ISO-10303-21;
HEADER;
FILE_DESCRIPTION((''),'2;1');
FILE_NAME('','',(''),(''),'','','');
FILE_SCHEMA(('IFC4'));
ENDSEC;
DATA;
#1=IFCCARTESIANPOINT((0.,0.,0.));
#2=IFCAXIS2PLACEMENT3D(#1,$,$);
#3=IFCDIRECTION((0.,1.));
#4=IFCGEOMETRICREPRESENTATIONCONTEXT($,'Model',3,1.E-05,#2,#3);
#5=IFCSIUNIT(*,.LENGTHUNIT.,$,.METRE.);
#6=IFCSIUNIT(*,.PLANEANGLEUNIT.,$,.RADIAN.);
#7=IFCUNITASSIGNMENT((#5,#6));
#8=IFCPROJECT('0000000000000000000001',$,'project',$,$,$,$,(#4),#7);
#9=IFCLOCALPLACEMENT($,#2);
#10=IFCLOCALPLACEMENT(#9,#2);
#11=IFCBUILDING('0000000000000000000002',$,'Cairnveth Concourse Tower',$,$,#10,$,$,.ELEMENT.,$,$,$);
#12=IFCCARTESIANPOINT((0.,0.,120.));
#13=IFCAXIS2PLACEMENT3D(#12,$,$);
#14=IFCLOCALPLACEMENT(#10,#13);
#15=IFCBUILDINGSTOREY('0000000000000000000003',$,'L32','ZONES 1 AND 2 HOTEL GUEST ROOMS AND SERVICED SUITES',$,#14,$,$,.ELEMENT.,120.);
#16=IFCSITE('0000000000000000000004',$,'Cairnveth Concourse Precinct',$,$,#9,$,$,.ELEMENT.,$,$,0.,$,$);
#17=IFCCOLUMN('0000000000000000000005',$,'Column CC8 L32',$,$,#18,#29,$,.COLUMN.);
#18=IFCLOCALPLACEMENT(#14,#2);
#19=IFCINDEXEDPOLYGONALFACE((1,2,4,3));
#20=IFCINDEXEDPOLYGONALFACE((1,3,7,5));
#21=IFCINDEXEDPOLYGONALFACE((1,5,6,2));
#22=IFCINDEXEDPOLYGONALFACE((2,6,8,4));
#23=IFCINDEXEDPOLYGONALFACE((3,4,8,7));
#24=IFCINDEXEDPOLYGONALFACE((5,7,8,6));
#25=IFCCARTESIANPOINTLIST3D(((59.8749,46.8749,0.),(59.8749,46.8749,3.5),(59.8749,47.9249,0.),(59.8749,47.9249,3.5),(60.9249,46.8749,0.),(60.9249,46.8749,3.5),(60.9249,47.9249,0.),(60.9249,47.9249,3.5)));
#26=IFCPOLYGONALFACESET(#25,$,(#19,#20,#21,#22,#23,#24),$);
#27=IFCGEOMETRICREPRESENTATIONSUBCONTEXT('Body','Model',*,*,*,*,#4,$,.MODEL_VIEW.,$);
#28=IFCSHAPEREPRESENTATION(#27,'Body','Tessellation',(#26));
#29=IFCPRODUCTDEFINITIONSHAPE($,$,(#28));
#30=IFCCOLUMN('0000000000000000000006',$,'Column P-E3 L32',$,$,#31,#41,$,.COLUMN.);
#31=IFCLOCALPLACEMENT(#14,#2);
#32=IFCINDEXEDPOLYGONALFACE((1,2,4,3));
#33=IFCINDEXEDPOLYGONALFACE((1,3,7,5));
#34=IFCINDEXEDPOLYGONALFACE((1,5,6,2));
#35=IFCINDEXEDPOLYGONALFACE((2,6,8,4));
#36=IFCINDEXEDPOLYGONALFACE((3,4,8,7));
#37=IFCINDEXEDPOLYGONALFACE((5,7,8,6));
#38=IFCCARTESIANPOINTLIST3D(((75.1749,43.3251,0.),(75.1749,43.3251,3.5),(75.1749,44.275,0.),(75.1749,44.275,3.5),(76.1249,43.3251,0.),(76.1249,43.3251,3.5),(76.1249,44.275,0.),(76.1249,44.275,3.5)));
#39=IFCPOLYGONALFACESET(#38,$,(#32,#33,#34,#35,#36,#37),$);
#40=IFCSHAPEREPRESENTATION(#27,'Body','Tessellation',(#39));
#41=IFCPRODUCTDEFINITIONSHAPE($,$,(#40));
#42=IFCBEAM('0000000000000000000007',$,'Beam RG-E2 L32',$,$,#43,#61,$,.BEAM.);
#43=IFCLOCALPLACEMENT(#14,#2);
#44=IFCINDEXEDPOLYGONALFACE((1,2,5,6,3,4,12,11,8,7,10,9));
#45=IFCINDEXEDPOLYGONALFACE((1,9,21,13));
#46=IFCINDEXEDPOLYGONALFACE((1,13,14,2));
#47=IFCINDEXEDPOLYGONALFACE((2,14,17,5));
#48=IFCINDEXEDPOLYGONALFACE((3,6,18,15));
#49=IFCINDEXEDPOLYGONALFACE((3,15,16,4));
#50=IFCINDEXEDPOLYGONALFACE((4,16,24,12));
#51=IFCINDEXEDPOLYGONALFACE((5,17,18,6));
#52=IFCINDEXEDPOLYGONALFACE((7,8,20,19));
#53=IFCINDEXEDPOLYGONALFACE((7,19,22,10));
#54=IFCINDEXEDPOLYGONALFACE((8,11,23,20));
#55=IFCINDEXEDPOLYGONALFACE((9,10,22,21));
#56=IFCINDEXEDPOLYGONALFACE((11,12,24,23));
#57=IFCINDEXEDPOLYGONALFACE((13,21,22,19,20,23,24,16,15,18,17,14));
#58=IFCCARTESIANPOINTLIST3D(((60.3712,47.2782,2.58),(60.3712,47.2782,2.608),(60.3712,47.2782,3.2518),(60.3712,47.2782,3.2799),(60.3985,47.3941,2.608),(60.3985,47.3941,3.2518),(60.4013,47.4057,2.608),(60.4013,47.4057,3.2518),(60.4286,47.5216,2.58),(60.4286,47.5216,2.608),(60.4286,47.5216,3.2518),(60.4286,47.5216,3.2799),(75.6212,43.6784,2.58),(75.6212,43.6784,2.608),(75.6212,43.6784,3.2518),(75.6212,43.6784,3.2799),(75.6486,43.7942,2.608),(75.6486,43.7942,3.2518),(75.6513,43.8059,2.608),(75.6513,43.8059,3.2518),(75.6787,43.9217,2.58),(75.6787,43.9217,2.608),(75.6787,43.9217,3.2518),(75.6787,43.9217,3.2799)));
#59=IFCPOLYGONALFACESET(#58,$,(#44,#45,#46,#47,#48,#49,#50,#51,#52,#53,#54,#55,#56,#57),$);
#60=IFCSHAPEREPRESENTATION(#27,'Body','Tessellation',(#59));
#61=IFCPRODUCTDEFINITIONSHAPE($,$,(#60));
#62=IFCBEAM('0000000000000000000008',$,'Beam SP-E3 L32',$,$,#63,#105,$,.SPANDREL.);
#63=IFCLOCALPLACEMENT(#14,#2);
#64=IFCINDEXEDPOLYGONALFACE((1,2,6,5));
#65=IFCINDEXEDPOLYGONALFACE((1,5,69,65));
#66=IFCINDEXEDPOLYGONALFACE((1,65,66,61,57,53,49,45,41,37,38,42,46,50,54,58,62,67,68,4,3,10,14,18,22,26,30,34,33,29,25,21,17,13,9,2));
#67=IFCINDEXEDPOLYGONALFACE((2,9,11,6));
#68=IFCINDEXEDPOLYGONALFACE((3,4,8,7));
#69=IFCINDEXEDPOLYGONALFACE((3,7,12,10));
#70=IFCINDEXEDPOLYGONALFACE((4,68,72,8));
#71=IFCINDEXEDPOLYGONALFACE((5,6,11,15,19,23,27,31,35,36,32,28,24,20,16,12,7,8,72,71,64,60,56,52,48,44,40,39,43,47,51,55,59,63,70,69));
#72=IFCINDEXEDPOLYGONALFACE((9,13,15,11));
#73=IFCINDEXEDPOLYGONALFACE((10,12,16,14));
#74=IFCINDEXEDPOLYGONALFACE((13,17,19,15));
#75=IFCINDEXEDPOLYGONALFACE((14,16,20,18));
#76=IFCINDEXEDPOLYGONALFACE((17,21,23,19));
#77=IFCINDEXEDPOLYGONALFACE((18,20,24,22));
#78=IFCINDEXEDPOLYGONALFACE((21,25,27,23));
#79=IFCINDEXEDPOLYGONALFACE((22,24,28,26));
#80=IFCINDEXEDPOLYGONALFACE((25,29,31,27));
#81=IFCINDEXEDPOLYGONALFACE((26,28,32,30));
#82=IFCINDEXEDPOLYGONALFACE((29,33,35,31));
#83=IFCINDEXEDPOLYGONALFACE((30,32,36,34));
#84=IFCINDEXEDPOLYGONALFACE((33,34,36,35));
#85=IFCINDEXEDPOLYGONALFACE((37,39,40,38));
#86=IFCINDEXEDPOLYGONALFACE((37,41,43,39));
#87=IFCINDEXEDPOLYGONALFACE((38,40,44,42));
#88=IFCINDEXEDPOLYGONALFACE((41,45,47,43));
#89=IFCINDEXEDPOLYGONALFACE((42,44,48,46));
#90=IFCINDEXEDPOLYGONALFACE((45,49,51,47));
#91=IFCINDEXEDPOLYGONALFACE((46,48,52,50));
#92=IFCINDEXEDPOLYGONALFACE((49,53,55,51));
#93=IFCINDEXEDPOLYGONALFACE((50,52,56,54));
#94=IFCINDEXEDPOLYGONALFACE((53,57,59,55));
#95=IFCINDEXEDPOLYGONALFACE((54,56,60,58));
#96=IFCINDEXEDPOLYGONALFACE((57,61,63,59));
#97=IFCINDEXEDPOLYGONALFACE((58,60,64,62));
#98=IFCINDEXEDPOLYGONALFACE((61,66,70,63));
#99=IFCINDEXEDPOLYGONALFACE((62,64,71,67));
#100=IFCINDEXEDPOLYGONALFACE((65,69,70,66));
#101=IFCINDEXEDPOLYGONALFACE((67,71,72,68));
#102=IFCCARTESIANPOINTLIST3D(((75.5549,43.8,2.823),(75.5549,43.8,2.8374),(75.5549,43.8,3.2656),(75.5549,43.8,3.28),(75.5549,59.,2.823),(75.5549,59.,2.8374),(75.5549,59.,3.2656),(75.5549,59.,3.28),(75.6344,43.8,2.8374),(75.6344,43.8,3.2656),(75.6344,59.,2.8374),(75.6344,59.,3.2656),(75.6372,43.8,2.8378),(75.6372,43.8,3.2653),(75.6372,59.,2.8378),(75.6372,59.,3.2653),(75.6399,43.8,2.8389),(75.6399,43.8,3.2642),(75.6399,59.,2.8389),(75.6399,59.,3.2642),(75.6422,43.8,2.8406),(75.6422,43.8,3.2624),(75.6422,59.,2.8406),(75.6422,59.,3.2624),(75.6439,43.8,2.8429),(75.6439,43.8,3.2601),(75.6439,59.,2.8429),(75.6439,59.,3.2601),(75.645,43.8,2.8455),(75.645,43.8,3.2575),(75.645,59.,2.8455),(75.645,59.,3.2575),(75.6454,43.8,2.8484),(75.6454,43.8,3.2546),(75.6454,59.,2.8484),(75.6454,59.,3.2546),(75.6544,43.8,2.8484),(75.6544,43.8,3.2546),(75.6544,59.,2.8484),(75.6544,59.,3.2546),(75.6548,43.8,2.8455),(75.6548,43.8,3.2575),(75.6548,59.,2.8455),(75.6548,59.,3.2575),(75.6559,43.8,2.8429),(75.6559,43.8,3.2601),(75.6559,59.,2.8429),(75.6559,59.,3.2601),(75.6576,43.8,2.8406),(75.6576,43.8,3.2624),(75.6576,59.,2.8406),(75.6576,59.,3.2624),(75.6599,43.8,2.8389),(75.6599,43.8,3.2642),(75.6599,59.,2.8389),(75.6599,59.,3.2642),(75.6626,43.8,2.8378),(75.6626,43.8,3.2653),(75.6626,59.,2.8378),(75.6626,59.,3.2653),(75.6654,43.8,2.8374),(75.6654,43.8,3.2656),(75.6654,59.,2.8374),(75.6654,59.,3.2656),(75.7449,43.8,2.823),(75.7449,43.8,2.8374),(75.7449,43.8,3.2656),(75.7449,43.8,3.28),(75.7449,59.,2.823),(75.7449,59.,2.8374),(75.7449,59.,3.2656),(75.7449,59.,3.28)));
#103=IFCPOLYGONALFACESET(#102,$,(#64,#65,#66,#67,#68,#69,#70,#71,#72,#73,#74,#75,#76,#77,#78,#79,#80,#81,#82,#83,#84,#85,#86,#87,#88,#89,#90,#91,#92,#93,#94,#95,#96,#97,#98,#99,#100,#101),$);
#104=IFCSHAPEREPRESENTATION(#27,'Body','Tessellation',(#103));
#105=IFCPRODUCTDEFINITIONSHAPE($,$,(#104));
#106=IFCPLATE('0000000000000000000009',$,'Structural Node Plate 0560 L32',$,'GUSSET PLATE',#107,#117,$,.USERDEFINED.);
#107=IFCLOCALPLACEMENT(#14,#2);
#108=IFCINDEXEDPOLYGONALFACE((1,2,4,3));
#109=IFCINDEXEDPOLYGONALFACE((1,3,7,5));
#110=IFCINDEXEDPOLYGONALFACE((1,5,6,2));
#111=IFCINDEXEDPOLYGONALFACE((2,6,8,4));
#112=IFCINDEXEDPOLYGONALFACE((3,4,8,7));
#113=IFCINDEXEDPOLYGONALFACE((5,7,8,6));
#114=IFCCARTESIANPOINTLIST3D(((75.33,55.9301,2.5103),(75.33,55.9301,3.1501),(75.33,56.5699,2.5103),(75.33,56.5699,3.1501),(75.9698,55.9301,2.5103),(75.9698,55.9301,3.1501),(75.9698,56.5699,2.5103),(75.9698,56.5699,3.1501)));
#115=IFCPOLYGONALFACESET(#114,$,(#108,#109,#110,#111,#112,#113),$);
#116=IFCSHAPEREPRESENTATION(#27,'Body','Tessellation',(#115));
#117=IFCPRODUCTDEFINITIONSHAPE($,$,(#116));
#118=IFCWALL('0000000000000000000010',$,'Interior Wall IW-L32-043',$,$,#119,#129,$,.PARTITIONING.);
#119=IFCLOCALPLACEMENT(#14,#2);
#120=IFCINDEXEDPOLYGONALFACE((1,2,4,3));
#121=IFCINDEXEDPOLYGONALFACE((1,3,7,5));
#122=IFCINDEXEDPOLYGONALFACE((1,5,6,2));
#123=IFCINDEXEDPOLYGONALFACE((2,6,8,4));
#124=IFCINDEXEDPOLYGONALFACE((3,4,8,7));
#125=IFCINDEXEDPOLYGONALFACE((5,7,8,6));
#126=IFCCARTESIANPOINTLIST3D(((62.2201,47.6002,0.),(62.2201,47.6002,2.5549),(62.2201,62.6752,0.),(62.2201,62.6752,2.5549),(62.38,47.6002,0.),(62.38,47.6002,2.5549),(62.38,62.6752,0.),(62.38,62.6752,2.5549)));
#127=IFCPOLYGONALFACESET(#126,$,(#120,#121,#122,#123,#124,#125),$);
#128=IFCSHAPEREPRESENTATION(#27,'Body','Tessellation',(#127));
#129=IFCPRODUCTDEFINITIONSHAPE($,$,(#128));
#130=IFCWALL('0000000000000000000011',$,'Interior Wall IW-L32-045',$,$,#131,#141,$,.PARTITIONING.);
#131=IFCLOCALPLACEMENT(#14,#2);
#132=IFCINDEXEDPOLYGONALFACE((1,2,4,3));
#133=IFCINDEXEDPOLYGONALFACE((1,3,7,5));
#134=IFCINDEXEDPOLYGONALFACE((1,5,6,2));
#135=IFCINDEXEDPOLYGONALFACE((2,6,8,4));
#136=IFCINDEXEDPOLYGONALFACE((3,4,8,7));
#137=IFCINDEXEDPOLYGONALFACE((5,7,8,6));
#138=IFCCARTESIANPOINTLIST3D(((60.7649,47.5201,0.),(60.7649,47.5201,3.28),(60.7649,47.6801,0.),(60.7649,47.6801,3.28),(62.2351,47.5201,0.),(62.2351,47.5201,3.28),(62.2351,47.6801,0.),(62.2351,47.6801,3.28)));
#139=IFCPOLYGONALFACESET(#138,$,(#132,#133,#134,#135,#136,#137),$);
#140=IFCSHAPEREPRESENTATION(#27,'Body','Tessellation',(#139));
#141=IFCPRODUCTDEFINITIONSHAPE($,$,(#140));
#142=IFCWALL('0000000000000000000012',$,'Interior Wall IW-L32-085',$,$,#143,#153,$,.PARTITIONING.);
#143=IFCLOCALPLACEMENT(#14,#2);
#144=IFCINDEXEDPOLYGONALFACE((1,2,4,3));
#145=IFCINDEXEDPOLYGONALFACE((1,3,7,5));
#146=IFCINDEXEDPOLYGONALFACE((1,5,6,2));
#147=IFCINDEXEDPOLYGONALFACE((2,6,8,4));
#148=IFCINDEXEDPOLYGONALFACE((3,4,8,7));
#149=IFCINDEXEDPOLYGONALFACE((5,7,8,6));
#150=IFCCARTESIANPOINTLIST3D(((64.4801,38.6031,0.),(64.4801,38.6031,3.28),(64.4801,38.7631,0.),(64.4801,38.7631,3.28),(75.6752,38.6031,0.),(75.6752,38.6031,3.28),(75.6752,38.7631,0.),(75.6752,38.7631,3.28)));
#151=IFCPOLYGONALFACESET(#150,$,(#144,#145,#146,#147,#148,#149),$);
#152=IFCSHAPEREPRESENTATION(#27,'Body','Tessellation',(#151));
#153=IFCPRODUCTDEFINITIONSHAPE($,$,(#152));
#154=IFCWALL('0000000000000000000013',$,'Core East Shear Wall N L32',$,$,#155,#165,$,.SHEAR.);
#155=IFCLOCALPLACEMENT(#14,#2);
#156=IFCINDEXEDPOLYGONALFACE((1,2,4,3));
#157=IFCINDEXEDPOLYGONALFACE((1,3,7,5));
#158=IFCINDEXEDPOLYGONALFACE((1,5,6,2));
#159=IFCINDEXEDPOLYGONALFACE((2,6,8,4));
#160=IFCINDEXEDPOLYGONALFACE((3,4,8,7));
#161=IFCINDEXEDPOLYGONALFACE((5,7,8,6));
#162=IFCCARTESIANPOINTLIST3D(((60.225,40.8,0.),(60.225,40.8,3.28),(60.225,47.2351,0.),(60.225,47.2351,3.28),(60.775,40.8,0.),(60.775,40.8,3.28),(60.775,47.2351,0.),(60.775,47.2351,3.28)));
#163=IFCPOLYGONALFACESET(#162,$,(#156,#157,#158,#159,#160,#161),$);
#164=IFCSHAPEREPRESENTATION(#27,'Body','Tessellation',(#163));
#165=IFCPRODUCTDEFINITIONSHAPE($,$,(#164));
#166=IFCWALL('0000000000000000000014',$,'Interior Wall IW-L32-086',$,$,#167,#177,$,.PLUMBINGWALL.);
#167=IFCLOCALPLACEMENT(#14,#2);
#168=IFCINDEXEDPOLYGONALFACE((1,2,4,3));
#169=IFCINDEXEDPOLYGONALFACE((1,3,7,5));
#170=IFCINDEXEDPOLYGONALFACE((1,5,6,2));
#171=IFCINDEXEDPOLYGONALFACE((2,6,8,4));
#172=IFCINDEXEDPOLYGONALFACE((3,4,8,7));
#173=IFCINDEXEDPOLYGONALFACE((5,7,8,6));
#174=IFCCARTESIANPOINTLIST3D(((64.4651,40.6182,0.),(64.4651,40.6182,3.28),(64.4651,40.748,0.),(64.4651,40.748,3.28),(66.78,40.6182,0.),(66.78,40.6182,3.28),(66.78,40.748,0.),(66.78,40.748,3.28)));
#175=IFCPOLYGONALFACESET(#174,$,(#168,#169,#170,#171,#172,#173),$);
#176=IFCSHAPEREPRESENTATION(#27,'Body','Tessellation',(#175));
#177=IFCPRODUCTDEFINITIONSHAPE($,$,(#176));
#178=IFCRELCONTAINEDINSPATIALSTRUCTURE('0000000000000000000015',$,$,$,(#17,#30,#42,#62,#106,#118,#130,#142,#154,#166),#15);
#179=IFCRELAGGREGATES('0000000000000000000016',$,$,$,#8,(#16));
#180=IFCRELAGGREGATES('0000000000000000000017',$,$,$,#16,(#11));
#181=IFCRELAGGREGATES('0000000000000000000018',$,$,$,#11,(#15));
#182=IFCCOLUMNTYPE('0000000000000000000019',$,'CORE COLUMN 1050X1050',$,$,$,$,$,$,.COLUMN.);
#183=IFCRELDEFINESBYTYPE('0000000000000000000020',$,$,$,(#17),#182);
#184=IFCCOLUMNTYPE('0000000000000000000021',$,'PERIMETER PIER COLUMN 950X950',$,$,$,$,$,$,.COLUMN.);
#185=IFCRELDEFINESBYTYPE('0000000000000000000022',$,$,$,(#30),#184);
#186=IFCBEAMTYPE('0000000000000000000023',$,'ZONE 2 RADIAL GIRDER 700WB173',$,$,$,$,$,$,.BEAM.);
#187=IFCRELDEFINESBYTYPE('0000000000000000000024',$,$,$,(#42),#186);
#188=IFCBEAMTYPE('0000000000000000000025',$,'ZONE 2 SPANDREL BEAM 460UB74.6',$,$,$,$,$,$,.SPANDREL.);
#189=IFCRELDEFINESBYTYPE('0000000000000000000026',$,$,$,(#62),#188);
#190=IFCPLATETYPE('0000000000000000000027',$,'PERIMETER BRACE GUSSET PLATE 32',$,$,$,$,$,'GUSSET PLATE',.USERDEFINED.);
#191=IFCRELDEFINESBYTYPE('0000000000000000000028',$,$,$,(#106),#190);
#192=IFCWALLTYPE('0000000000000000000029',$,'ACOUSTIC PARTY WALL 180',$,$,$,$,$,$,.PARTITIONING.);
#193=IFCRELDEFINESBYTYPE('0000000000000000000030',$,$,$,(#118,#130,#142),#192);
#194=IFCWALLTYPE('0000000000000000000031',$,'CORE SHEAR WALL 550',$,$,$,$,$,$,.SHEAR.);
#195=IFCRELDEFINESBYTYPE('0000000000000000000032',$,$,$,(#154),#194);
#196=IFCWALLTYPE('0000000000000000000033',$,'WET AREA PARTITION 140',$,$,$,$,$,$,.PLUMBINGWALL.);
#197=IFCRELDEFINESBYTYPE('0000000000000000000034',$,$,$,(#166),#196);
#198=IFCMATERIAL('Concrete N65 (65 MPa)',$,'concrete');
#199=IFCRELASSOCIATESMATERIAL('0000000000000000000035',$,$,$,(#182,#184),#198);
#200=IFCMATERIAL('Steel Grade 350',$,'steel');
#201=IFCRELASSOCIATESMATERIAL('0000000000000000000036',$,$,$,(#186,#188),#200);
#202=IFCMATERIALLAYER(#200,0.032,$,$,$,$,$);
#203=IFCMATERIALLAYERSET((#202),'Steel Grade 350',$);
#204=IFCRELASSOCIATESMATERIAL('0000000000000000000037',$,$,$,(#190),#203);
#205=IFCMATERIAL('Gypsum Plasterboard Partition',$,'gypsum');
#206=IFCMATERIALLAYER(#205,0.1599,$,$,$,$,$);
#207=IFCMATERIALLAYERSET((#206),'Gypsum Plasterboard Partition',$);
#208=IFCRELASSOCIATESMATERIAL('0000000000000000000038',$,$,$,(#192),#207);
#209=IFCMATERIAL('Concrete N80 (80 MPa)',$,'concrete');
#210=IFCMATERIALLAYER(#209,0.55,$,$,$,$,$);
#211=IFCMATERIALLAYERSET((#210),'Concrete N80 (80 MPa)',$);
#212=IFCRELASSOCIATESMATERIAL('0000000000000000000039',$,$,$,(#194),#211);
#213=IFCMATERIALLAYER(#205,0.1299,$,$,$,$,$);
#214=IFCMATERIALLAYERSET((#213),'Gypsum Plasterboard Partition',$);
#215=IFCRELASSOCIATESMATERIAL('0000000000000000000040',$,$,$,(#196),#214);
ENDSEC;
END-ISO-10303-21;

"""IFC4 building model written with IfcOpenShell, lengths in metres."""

from ifc_helpers import new_model, si_unit, direction, frame, frame_2d, origin, origin_2d, place, context, subcontext, project, spatial, rectangle, i_section, extrude, material, layer, layer_set, material_profile, profile_set, type_object, element, save


model = new_model("IFC4")

# Units and contexts
model_context = context("Model", 3, precision=1e-05, world=origin(), true_north=direction((0.0, 1.0)))
body_context = subcontext(model_context, "Body", "Model", "MODEL_VIEW")
ifc_project = project(units=[si_unit("LENGTHUNIT", "METRE"), si_unit("PLANEANGLEUNIT", "RADIAN")], contexts=[model_context])

# Site, building, storey
site_placement = place(None, origin())
site = spatial("IfcSite", under=ifc_project, at=site_placement, Name="Cairnveth Concourse Precinct", CompositionType="ELEMENT", RefElevation=0.0)
building_placement = place(site_placement, origin())
building = spatial("IfcBuilding", under=site, at=building_placement, Name="Cairnveth Concourse Tower", CompositionType="ELEMENT")
storey_placement = place(building_placement, frame((0.0, 0.0, 120.0)))
storey = spatial("IfcBuildingStorey", under=building, at=storey_placement, Name="L32", Description="ZONES 1 AND 2 HOTEL GUEST ROOMS AND SERVICED SUITES", CompositionType="ELEMENT", Elevation=120.0)

# Columns
ifc_material_1 = material(Name="Concrete N65 (65 MPa)", Category="concrete")
ifc_material_profile_1 = material_profile(ifc_material_1, rectangle(XDim=1.05, YDim=1.05, at=origin_2d()), Name="RC-COL-1050x1050")
ifc_profile_set_1 = profile_set([ifc_material_profile_1], Name="Concrete N65 (65 MPa)")
column_type_1 = type_object("IfcColumnType", Name="CORE COLUMN 1050X1050", PredefinedType="COLUMN", material=ifc_profile_set_1)
column_1_placement = place(storey_placement, frame((60.3999, 47.3999, 0.0), z_axis=(0.0, 0.0, 1.0), x_axis=(1.0, 0.0, 0.0)))
element("IfcColumn", 1, at=column_1_placement, inside=storey, type_object=column_type_1, Name="Column CC8 L32", PredefinedType="COLUMN", context=body_context, shape_type="SweptSolid", body=[
    extrude(rectangle(XDim=1.05, YDim=1.05, at=origin_2d()), origin(), (0.0, 0.0, 1.0), 3.5),
])
ifc_material_profile_2 = material_profile(ifc_material_1, rectangle(XDim=0.95, YDim=0.95, at=origin_2d()), Name="RC-COL-950x950")
ifc_profile_set_2 = profile_set([ifc_material_profile_2], Name="Concrete N65 (65 MPa)")
column_type_2 = type_object("IfcColumnType", Name="PERIMETER PIER COLUMN 950X950", PredefinedType="COLUMN", material=ifc_profile_set_2)
column_2_placement = place(storey_placement, frame((75.6499, 43.8, 0.0), z_axis=(0.0, 0.0, 1.0), x_axis=(0.0, 1.0, 0.0)))
element("IfcColumn", 2, at=column_2_placement, inside=storey, type_object=column_type_2, Name="Column P-E3 L32", PredefinedType="COLUMN", context=body_context, shape_type="SweptSolid", body=[
    extrude(rectangle(XDim=0.95, YDim=0.95, at=origin_2d()), origin(), (0.0, 0.0, 1.0), 3.5),
])

# Beams
ifc_material_2 = material(Name="Steel Grade 350", Category="steel")
ifc_material_profile_3 = material_profile(ifc_material_2, i_section(OverallWidth=0.25, OverallDepth=0.7, WebThickness=0.012, FlangeThickness=0.0281, at=origin_2d()), Name="700WB173")
ifc_profile_set_3 = profile_set([ifc_material_profile_3], Name="Steel Grade 350")
beam_type_1 = type_object("IfcBeamType", Name="ZONE 2 RADIAL GIRDER 700WB173", PredefinedType="BEAM", material=ifc_profile_set_3)
beam_1_placement = place(storey_placement, frame((60.3999, 47.3999, 2.9299), z_axis=(0.973252, -0.229742, 0.0), x_axis=(0.229742, 0.973252, 0.0)))
element("IfcBeam", 3, at=beam_1_placement, inside=storey, type_object=beam_type_1, Name="Beam RG-E2 L32", PredefinedType="BEAM", context=body_context, shape_type="SweptSolid", body=[
    extrude(i_section(OverallWidth=0.25, OverallDepth=0.7, WebThickness=0.012, FlangeThickness=0.0281, at=origin_2d()), origin(), (0.0, 0.0, 1.0), 15.6692),
])
ifc_material_profile_4 = material_profile(ifc_material_2, i_section(OverallWidth=0.1899, OverallDepth=0.457, WebThickness=0.009, FlangeThickness=0.0144, FilletRadius=0.011, at=origin_2d()), Name="460UB74.6")
ifc_profile_set_4 = profile_set([ifc_material_profile_4], Name="Steel Grade 350")
beam_type_2 = type_object("IfcBeamType", Name="ZONE 2 SPANDREL BEAM 460UB74.6", PredefinedType="SPANDREL", material=ifc_profile_set_4)
beam_2_placement = place(storey_placement, frame((75.6499, 43.8, 3.0515), z_axis=(0.0, 1.0, 0.0), x_axis=(-1.0, 0.0, 0.0)))
element("IfcBeam", 4, at=beam_2_placement, inside=storey, type_object=beam_type_2, Name="Beam SP-E3 L32", PredefinedType="SPANDREL", context=body_context, shape_type="SweptSolid", body=[
    extrude(i_section(OverallWidth=0.1899, OverallDepth=0.457, WebThickness=0.009, FlangeThickness=0.0144, FilletRadius=0.011, at=origin_2d()), origin(), (0.0, 0.0, 1.0), 15.2),
])

# Plate
ifc_layer_1 = layer(ifc_material_2, 0.032)
ifc_layer_set_1 = layer_set([ifc_layer_1], Name="Steel Grade 350")
plate_type = type_object("IfcPlateType", Name="PERIMETER BRACE GUSSET PLATE 32", ElementType="GUSSET PLATE", PredefinedType="USERDEFINED", material=ifc_layer_set_1)
plate_placement = place(storey_placement, frame((75.6499, 56.25, 2.5103), z_axis=(0.0, 0.0, 1.0), x_axis=(1.0, 0.0, 0.0)))
element("IfcPlate", 5, at=plate_placement, inside=storey, type_object=plate_type, Name="Structural Node Plate 0560 L32", ObjectType="GUSSET PLATE", PredefinedType="USERDEFINED", context=body_context, shape_type="SweptSolid", body=[
    extrude(rectangle(XDim=0.6399, YDim=0.6399, at=origin_2d()), origin(), (0.0, 0.0, 1.0), 0.6399),
])

# Walls
ifc_material_3 = material(Name="Gypsum Plasterboard Partition", Category="gypsum")
ifc_layer_2 = layer(ifc_material_3, 0.1599)
ifc_layer_set_2 = layer_set([ifc_layer_2], Name="Gypsum Plasterboard Partition")
wall_type_1 = type_object("IfcWallType", Name="ACOUSTIC PARTY WALL 180", PredefinedType="PARTITIONING", material=ifc_layer_set_2)
wall_1_placement = place(storey_placement, frame((62.3, 47.6001, 0.0), z_axis=(0.0, 0.0, 1.0), x_axis=(0.0, 1.0, 0.0)))
element("IfcWall", 6, at=wall_1_placement, inside=storey, type_object=wall_type_1, Name="Interior Wall IW-L32-043", PredefinedType="PARTITIONING", context=body_context, shape_type="SweptSolid", body=[
    extrude(rectangle(XDim=15.075, YDim=0.1599, at=frame_2d((7.5376, 0.0))), origin(), (0.0, 0.0, 1.0), 2.5549),
])
wall_2_placement = place(storey_placement, frame((60.7649, 47.6001, 0.0), z_axis=(0.0, 0.0, 1.0), x_axis=(1.0, 0.0, 0.0)))
element("IfcWall", 7, at=wall_2_placement, inside=storey, type_object=wall_type_1, Name="Interior Wall IW-L32-045", PredefinedType="PARTITIONING", context=body_context, shape_type="SweptSolid", body=[
    extrude(rectangle(XDim=1.4702, YDim=0.1599, at=frame_2d((0.7351, 0.0))), origin(), (0.0, 0.0, 1.0), 3.28),
])
wall_3_placement = place(storey_placement, frame((64.48, 38.6831, 0.0), z_axis=(0.0, 0.0, 1.0), x_axis=(1.0, 0.0, 0.0)))
element("IfcWall", 8, at=wall_3_placement, inside=storey, type_object=wall_type_1, Name="Interior Wall IW-L32-085", PredefinedType="PARTITIONING", context=body_context, shape_type="SweptSolid", body=[
    extrude(rectangle(XDim=11.1951, YDim=0.1599, at=frame_2d((5.5977, 0.0))), origin(), (0.0, 0.0, 1.0), 3.28),
])
ifc_material_4 = material(Name="Concrete N80 (80 MPa)", Category="concrete")
ifc_layer_3 = layer(ifc_material_4, 0.55)
ifc_layer_set_3 = layer_set([ifc_layer_3], Name="Concrete N80 (80 MPa)")
wall_type_2 = type_object("IfcWallType", Name="CORE SHEAR WALL 550", PredefinedType="SHEAR", material=ifc_layer_set_3)
wall_4_placement = place(storey_placement, frame((60.5, 40.8, 0.0), z_axis=(0.0, 0.0, 1.0), x_axis=(0.0, 1.0, 0.0)))
element("IfcWall", 9, at=wall_4_placement, inside=storey, type_object=wall_type_2, Name="Core East Shear Wall N L32", PredefinedType="SHEAR", context=body_context, shape_type="SweptSolid", body=[
    extrude(rectangle(XDim=6.4351, YDim=0.55, at=frame_2d((3.2175, 0.0))), origin(), (0.0, 0.0, 1.0), 3.28),
])

# Wall
ifc_layer_4 = layer(ifc_material_3, 0.1299)
ifc_layer_set_4 = layer_set([ifc_layer_4], Name="Gypsum Plasterboard Partition")
wall_type_3 = type_object("IfcWallType", Name="WET AREA PARTITION 140", PredefinedType="PLUMBINGWALL", material=ifc_layer_set_4)
wall_5_placement = place(storey_placement, frame((64.4651, 40.6831, 0.0), z_axis=(0.0, 0.0, 1.0), x_axis=(1.0, 0.0, 0.0)))
element("IfcWall", 10, at=wall_5_placement, inside=storey, type_object=wall_type_3, Name="Interior Wall IW-L32-086", PredefinedType="PLUMBINGWALL", context=body_context, shape_type="SweptSolid", body=[
    extrude(rectangle(XDim=2.3149, YDim=0.1299, at=frame_2d((1.1575, 0.0))), origin(), (0.0, 0.0, 1.0), 3.28),
])

save(model, "model.ifc")
